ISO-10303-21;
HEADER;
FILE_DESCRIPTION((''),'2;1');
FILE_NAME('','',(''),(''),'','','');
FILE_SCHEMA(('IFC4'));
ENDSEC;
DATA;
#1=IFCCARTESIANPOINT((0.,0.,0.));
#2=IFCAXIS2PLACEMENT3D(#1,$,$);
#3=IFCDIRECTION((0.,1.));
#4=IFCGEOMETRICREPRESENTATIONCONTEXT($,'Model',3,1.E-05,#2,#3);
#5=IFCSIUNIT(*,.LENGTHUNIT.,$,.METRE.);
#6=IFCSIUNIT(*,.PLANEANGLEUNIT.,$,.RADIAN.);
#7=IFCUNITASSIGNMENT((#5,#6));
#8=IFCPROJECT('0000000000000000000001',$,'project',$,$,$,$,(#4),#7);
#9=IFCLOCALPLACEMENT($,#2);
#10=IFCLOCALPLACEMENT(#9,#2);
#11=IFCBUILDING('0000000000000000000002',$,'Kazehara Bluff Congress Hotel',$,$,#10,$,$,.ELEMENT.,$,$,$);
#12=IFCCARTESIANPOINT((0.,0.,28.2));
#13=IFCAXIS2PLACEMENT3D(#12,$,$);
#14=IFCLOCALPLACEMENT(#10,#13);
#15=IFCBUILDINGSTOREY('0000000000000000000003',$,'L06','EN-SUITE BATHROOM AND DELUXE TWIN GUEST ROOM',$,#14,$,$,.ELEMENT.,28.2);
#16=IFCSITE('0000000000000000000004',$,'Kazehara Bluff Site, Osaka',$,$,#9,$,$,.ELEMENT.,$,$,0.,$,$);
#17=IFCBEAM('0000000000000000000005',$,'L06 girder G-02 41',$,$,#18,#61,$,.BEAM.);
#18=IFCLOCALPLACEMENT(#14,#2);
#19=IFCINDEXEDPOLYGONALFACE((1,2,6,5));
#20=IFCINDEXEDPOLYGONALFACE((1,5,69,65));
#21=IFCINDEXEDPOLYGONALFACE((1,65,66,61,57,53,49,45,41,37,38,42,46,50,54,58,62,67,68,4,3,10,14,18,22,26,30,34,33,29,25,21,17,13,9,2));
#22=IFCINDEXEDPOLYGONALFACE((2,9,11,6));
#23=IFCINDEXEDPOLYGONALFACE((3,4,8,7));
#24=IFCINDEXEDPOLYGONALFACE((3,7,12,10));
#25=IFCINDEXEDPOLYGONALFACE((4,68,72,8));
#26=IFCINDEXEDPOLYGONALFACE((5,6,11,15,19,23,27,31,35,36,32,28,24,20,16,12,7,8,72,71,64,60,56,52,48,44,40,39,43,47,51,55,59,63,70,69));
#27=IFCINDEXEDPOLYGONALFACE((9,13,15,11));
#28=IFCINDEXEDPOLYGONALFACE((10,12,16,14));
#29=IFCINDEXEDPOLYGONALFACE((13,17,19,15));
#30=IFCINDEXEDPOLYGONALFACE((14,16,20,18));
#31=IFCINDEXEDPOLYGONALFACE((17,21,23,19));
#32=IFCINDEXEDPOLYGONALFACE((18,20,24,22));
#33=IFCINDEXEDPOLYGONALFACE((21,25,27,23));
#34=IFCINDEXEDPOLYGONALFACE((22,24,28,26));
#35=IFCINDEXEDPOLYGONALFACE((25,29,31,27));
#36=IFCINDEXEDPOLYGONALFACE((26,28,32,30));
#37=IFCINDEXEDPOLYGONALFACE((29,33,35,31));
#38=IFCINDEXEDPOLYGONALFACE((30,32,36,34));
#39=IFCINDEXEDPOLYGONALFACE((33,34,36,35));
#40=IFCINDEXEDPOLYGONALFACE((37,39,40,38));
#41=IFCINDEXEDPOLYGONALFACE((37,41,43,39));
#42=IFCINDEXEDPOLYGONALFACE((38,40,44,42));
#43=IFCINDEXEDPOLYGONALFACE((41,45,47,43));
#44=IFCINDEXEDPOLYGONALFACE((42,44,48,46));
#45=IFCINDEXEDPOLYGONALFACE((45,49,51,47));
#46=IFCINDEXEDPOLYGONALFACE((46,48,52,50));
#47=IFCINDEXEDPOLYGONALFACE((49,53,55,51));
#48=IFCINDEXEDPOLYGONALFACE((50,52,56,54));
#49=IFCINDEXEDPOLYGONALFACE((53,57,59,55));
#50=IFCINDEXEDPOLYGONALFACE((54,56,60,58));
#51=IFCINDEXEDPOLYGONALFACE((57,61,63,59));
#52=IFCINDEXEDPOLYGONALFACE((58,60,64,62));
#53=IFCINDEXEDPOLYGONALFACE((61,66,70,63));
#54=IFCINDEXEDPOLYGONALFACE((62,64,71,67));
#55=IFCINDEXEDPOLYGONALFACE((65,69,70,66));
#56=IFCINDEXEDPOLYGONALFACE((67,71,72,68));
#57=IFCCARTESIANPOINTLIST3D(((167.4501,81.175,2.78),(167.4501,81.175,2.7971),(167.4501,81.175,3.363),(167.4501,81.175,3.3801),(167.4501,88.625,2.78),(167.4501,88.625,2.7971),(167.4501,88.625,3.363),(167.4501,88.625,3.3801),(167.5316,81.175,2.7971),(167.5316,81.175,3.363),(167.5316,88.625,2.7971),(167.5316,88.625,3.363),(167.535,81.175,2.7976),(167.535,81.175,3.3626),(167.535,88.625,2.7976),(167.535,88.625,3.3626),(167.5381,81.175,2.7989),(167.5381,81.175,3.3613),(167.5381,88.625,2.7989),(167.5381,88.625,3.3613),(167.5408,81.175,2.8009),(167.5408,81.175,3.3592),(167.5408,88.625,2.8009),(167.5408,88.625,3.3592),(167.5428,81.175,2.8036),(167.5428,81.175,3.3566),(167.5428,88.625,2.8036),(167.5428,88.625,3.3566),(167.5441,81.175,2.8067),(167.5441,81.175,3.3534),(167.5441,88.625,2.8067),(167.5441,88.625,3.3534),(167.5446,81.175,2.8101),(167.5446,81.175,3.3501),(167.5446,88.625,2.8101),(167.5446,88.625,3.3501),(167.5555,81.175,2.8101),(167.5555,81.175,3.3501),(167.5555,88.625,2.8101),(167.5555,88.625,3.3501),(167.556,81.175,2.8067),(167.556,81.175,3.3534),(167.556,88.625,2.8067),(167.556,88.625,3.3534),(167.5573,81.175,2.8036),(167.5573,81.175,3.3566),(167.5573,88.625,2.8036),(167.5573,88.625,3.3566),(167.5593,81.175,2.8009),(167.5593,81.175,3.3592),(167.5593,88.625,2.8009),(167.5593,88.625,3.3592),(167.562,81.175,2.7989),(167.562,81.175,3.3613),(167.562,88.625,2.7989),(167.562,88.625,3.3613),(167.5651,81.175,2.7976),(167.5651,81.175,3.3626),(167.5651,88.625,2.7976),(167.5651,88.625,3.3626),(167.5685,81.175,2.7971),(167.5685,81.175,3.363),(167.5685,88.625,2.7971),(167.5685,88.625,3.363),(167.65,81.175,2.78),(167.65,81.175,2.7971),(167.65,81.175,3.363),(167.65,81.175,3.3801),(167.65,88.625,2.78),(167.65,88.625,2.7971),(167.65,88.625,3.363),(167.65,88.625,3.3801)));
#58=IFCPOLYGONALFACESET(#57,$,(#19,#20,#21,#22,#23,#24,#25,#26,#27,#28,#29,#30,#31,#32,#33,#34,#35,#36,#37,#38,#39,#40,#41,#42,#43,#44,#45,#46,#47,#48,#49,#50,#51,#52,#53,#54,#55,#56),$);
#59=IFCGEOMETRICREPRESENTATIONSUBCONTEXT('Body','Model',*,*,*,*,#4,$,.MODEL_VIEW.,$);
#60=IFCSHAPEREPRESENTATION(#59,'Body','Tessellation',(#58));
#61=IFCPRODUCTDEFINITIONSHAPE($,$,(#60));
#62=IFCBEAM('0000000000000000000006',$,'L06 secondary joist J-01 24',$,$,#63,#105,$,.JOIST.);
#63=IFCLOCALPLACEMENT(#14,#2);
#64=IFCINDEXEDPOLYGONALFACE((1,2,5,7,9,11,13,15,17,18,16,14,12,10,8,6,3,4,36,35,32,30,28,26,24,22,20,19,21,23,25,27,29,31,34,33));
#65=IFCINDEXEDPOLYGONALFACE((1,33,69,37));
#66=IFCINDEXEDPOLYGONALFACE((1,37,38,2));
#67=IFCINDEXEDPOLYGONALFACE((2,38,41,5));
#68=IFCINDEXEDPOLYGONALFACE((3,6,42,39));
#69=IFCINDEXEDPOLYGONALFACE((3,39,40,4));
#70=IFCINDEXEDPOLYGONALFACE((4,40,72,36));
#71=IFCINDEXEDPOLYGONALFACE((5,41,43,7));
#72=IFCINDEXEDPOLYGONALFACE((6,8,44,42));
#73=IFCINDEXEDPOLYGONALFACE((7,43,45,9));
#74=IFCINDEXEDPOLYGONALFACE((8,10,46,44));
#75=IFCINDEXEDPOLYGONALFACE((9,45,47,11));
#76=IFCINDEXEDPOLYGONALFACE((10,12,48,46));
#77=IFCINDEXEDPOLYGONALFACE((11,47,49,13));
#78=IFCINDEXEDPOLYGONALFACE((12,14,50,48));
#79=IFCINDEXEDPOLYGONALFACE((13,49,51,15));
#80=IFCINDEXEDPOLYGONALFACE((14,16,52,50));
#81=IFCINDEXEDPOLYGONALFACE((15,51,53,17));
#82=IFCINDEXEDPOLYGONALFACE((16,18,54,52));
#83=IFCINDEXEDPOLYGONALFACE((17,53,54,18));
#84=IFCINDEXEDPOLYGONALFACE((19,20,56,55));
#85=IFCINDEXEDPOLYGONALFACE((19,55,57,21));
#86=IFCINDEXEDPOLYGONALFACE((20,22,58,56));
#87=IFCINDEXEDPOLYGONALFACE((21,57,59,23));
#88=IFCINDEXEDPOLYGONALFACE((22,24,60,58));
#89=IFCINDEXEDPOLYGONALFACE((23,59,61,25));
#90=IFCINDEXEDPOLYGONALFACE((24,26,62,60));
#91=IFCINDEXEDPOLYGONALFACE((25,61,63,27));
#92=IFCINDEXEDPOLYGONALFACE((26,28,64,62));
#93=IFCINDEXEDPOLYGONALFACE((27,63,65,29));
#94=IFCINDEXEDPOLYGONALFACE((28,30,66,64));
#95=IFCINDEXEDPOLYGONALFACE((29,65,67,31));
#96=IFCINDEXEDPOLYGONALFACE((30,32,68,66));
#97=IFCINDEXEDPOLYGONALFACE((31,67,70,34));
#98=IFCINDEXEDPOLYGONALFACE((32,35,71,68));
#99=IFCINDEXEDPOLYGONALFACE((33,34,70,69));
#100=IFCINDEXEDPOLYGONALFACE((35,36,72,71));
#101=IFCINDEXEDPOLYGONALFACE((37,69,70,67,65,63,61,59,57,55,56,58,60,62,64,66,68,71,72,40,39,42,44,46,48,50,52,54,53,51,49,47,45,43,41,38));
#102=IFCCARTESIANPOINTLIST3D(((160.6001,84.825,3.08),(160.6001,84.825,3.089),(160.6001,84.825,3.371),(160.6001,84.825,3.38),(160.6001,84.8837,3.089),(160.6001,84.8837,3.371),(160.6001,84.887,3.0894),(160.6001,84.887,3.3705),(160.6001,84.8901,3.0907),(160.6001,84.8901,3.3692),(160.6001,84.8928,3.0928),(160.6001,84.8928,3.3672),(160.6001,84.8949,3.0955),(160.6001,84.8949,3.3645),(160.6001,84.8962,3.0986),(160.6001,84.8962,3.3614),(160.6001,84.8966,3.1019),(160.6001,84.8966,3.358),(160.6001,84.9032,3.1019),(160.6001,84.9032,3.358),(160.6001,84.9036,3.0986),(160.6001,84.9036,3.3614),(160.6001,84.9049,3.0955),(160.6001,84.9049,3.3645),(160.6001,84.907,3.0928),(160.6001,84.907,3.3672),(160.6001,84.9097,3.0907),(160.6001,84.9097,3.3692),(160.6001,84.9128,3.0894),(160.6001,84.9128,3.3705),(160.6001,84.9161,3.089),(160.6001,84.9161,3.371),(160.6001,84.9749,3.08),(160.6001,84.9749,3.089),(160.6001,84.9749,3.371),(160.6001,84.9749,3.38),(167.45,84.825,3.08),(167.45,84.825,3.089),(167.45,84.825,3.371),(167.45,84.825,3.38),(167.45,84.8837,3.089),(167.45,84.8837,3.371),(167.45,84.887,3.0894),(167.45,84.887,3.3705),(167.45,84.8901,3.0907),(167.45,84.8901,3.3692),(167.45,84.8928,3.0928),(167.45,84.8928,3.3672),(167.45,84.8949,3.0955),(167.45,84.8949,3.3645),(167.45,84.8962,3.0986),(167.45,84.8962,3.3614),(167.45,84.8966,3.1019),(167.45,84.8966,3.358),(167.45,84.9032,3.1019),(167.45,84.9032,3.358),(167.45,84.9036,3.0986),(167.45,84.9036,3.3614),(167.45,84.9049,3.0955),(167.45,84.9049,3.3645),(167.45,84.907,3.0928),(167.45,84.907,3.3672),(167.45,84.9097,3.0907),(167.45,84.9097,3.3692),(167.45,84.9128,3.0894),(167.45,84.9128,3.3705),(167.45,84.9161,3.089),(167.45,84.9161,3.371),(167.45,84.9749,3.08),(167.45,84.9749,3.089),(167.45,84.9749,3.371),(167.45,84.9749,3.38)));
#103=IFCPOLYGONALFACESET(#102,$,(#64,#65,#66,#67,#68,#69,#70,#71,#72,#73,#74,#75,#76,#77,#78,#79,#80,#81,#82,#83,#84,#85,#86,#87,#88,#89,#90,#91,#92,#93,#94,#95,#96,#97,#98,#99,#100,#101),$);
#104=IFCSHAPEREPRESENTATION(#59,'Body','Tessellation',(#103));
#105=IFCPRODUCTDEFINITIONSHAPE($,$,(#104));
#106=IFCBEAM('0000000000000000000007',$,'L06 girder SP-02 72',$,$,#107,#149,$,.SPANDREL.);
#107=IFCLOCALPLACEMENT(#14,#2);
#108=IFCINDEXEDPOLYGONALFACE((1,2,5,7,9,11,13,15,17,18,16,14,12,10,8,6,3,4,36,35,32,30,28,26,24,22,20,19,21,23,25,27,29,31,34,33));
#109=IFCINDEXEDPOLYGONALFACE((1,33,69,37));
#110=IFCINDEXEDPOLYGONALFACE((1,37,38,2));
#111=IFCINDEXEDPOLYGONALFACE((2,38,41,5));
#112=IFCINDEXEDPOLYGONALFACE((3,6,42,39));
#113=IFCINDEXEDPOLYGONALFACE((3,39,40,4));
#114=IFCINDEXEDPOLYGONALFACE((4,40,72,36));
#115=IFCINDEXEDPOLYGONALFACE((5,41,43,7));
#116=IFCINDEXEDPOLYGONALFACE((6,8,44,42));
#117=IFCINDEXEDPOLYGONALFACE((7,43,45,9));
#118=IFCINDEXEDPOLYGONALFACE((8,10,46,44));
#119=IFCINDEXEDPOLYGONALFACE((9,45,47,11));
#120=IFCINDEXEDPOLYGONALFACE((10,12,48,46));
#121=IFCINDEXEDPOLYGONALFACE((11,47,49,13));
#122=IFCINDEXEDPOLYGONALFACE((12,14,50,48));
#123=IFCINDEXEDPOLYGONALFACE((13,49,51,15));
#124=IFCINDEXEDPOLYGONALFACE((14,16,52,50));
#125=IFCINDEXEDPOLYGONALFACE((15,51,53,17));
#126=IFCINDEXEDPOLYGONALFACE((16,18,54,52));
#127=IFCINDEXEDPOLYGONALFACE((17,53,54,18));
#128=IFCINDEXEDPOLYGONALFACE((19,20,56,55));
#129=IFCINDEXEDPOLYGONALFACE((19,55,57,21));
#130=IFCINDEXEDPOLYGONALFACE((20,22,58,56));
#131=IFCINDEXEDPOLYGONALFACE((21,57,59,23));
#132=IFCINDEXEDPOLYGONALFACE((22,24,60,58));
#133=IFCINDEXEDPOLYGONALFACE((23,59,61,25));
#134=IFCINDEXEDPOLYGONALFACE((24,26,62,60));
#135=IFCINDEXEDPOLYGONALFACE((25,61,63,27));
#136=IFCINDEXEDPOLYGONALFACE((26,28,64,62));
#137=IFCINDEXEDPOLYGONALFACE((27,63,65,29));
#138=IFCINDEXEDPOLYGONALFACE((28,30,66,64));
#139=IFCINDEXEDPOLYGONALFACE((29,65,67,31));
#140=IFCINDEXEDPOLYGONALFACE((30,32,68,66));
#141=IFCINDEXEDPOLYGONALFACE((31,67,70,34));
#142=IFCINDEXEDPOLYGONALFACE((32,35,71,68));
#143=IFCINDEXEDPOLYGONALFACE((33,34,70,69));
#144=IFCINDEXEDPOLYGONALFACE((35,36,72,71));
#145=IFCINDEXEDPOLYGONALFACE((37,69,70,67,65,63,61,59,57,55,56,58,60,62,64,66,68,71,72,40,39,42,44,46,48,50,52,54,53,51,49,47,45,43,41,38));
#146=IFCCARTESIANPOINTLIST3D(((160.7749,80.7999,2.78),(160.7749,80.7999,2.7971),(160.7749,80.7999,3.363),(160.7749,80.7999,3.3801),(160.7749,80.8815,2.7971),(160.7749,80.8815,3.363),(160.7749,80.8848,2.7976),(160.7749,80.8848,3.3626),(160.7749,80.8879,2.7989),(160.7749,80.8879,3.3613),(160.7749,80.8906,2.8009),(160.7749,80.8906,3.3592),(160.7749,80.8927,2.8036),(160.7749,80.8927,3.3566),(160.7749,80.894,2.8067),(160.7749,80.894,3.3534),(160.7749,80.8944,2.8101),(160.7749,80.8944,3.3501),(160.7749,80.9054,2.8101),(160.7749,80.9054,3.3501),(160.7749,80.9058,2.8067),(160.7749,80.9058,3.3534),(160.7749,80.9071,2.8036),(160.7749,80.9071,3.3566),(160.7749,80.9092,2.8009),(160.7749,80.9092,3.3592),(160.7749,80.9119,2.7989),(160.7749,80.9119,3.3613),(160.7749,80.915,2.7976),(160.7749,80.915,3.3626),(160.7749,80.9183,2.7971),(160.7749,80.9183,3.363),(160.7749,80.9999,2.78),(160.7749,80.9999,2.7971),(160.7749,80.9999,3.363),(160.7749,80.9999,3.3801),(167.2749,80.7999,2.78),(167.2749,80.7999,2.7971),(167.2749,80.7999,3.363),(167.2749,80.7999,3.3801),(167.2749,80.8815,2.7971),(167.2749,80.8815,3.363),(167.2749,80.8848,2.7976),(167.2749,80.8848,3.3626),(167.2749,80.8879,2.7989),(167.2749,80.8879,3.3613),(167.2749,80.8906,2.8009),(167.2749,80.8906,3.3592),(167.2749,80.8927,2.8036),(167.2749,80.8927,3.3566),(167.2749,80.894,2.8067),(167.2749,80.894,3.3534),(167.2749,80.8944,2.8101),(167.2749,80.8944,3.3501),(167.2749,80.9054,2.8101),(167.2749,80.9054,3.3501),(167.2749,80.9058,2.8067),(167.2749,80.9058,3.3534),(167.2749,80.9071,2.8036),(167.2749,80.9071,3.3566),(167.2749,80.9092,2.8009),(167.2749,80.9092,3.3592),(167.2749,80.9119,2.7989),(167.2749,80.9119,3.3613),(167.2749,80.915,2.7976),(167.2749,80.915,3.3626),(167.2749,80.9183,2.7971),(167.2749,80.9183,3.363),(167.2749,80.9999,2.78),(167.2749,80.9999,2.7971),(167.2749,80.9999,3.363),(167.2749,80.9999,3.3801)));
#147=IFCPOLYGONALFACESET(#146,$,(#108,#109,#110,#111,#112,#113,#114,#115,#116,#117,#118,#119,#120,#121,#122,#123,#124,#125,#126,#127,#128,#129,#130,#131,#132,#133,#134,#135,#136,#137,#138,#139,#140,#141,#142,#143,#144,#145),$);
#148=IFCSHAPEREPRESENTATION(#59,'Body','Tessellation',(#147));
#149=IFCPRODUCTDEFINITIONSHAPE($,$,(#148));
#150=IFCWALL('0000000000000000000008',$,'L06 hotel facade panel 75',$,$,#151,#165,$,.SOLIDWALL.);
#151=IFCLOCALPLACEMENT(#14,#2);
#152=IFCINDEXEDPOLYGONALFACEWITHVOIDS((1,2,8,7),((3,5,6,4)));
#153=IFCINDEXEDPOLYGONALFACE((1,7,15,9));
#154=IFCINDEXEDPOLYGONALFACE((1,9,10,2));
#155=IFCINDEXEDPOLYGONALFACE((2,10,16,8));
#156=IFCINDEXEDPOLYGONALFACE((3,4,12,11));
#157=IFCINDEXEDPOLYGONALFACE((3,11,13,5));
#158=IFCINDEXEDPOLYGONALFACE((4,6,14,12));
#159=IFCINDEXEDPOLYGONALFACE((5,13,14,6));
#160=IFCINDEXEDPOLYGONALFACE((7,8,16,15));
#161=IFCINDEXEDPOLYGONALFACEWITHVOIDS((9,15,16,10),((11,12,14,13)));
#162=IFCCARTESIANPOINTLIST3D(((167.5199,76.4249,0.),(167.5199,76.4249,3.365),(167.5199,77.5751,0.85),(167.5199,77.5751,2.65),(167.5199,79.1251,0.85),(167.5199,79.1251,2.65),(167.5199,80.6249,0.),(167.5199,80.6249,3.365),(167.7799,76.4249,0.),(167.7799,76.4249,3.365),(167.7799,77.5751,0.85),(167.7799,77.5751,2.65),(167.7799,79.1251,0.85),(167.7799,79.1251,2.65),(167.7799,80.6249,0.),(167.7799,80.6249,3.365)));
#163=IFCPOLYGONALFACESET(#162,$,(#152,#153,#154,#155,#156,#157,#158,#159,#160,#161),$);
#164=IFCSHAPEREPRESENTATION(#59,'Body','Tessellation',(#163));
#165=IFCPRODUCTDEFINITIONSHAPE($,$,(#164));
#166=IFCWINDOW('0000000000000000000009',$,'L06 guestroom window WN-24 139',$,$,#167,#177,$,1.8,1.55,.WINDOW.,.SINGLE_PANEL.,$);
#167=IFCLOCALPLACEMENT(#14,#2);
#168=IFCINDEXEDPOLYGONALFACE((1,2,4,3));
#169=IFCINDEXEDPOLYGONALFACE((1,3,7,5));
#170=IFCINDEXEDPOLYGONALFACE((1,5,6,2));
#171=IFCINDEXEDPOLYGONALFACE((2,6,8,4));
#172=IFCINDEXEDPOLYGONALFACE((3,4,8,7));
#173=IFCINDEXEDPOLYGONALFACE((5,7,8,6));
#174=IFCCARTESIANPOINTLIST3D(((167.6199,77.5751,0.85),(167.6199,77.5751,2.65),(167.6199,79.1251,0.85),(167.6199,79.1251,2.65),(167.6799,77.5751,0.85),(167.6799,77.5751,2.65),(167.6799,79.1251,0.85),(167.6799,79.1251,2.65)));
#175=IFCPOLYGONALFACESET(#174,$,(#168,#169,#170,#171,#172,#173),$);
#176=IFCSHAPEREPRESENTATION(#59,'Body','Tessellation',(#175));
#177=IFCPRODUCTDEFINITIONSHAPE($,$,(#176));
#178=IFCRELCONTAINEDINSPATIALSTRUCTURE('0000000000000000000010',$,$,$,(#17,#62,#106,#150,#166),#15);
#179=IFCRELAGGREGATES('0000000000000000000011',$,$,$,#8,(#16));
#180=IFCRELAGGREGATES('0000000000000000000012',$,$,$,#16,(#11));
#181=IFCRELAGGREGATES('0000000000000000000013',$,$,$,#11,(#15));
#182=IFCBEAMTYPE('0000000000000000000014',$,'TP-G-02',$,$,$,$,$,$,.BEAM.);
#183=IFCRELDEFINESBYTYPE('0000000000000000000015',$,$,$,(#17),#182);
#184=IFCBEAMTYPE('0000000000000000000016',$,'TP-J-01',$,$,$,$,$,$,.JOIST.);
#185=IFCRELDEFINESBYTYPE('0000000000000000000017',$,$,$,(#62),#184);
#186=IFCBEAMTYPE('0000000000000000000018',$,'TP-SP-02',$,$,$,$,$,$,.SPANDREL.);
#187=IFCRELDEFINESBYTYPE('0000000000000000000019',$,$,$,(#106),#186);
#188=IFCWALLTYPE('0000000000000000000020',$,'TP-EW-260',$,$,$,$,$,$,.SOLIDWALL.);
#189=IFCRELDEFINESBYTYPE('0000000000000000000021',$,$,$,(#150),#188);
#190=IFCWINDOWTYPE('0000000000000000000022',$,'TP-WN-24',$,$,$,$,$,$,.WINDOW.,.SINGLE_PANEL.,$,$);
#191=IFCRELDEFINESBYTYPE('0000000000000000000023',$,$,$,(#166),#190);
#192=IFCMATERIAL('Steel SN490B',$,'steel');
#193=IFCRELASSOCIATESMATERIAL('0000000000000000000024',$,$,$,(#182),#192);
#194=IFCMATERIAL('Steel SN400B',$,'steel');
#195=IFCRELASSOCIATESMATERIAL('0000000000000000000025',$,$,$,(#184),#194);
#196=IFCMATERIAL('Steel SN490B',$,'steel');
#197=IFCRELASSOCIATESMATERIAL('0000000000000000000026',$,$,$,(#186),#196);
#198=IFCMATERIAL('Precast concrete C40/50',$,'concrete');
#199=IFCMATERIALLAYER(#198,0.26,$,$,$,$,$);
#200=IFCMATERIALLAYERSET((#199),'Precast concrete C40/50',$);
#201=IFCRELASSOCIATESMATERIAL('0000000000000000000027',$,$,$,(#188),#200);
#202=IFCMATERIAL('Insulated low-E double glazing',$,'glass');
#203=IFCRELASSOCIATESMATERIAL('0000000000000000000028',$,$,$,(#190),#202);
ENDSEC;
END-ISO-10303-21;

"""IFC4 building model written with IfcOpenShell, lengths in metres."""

from ifc_helpers import new_model, si_unit, direction, frame, frame_2d, origin, origin_2d, place, context, subcontext, project, spatial, rectangle, i_section, extrude, material, layer, layer_set, material_profile, profile_set, type_object, element, fill, save


model = new_model("IFC4")

# Units and contexts
model_context = context("Model", 3, precision=1e-05, world=origin(), true_north=direction((0.0, 1.0)))
body_context = subcontext(model_context, "Body", "Model", "MODEL_VIEW")
ifc_project = project(units=[si_unit("LENGTHUNIT", "METRE"), si_unit("PLANEANGLEUNIT", "RADIAN")], contexts=[model_context])

# Site, building, storey
site_placement = place(None, origin())
site = spatial("IfcSite", under=ifc_project, at=site_placement, Name="Kazehara Bluff Site, Osaka", CompositionType="ELEMENT", RefElevation=0.0)
building_placement = place(site_placement, origin())
building = spatial("IfcBuilding", under=site, at=building_placement, Name="Kazehara Bluff Congress Hotel", CompositionType="ELEMENT")
storey_placement = place(building_placement, frame((0.0, 0.0, 28.2)))
storey = spatial("IfcBuildingStorey", under=building, at=storey_placement, Name="L06", Description="EN-SUITE BATHROOM AND DELUXE TWIN GUEST ROOM", CompositionType="ELEMENT", Elevation=28.2)

# Beams
ifc_material_1 = material(Name="Steel SN490B", Category="steel")
ifc_material_profile_1 = material_profile(ifc_material_1, i_section(OverallWidth=0.2, OverallDepth=0.6001, WebThickness=0.011, FlangeThickness=0.0171, FilletRadius=0.0129, at=origin_2d()))
ifc_profile_set_1 = profile_set([ifc_material_profile_1], Name="Steel SN490B")
beam_type_1 = type_object("IfcBeamType", Name="TP-G-02", PredefinedType="BEAM", material=ifc_profile_set_1)
for number, where, z_axis, x_axis, name in (
    (1, (167.55, 81.175, 3.0801), (0.0, 1.0, 0.0), (-1.0, 0.0, 0.0), "L06 girder G-02 41"),
):
    element("IfcBeam", number, at=place(storey_placement, frame(where, z_axis=z_axis, x_axis=x_axis)), inside=storey, type_object=beam_type_1, Name=name, PredefinedType="BEAM", context=body_context, shape_type="SweptSolid", body=[
        extrude(i_section(OverallWidth=0.2, OverallDepth=0.6001, WebThickness=0.011, FlangeThickness=0.0171, FilletRadius=0.0129, at=origin_2d()), origin(), (0.0, 0.0, 1.0), 7.45),
    ])
ifc_material_2 = material(Name="Steel SN400B", Category="steel")
ifc_material_profile_2 = material_profile(ifc_material_2, i_section(OverallWidth=0.1499, OverallDepth=0.3, WebThickness=0.0066, FlangeThickness=0.009, FilletRadius=0.0129, at=origin_2d()))
ifc_profile_set_2 = profile_set([ifc_material_profile_2], Name="Steel SN400B")
beam_type_2 = type_object("IfcBeamType", Name="TP-J-01", PredefinedType="JOIST", material=ifc_profile_set_2)
beam_1_placement = place(storey_placement, frame((160.6001, 84.8999, 3.23), z_axis=(1.0, 0.0, 0.0), x_axis=(0.0, 1.0, 0.0)))
element("IfcBeam", 2, at=beam_1_placement, inside=storey, type_object=beam_type_2, Name="L06 secondary joist J-01 24", PredefinedType="JOIST", context=body_context, shape_type="SweptSolid", body=[
    extrude(i_section(OverallWidth=0.1499, OverallDepth=0.3, WebThickness=0.0066, FlangeThickness=0.009, FilletRadius=0.0129, at=origin_2d()), origin(), (0.0, 0.0, 1.0), 6.8499),
])
ifc_material_3 = material(Name="Steel SN490B", Category="steel")
ifc_material_profile_3 = material_profile(ifc_material_3, i_section(OverallWidth=0.2, OverallDepth=0.6001, WebThickness=0.011, FlangeThickness=0.0171, FilletRadius=0.0129, at=origin_2d()))
ifc_profile_set_3 = profile_set([ifc_material_profile_3], Name="Steel SN490B")
beam_type_3 = type_object("IfcBeamType", Name="TP-SP-02", PredefinedType="SPANDREL", material=ifc_profile_set_3)
beam_2_placement = place(storey_placement, frame((160.7749, 80.8999, 3.0801), z_axis=(1.0, 0.0, 0.0), x_axis=(0.0, 1.0, 0.0)))
element("IfcBeam", 3, at=beam_2_placement, inside=storey, type_object=beam_type_3, Name="L06 girder SP-02 72", PredefinedType="SPANDREL", context=body_context, shape_type="SweptSolid", body=[
    extrude(i_section(OverallWidth=0.2, OverallDepth=0.6001, WebThickness=0.011, FlangeThickness=0.0171, FilletRadius=0.0129, at=origin_2d()), origin(), (0.0, 0.0, 1.0), 6.5),
])

# Wall, opening, window
ifc_material_4 = material(Name="Precast concrete C40/50", Category="concrete")
ifc_layer_1 = layer(ifc_material_4, 0.26)
ifc_layer_set_1 = layer_set([ifc_layer_1], Name="Precast concrete C40/50")
wall_type_1 = type_object("IfcWallType", Name="TP-EW-260", PredefinedType="SOLIDWALL", material=ifc_layer_set_1)
wall_1_placement = place(storey_placement, frame((167.6499, 80.625, 0.0), z_axis=(0.0, 0.0, 1.0), x_axis=(0.0, -1.0, 0.0)))
wall_1 = element("IfcWall", 4, at=wall_1_placement, inside=storey, type_object=wall_type_1, Name="L06 hotel facade panel 75", PredefinedType="SOLIDWALL", context=body_context, shape_type="SweptSolid", body=[
    extrude(rectangle(XDim=4.2, YDim=0.26, at=frame_2d((2.1001, 0.0))), origin(), (0.0, 0.0, 1.0), 3.365),
])
opening_1_placement = place(wall_1_placement, frame((1.5, 0.0, 0.8501)))
opening_1 = element("IfcOpeningElement", 5, at=opening_1_placement, cuts=wall_1, PredefinedType="OPENING", context=body_context, shape_type="SweptSolid", body=[
    extrude(rectangle(XDim=1.55, YDim=1.8, at=frame_2d((0.7749, 0.8999))), frame((0.0, 0.1399, 0.0), z_axis=(0.0, -1.0, 0.0), x_axis=(1.0, 0.0, 0.0)), (0.0, 0.0, 1.0), 0.28),
])
ifc_material_5 = material(Name="Insulated low-E double glazing", Category="glass")
window_type_1 = type_object("IfcWindowType", Name="TP-WN-24", PartitioningType="SINGLE_PANEL", PredefinedType="WINDOW", material=ifc_material_5)
window_1_placement = place(opening_1_placement, origin())
window_1 = element("IfcWindow", 6, at=window_1_placement, inside=storey, type_object=window_type_1, Name="L06 guestroom window WN-24 139", OverallHeight=1.8, OverallWidth=1.55, PartitioningType="SINGLE_PANEL", PredefinedType="WINDOW", context=body_context, shape_type="SweptSolid", body=[
    extrude(rectangle(XDim=1.55, YDim=1.8, at=frame_2d((0.7749, 0.8999))), frame((0.0, 0.03, 0.0), z_axis=(0.0, -1.0, 0.0), x_axis=(1.0, 0.0, 0.0)), (0.0, 0.0, 1.0), 0.0601),
])
fill(opening_1, window_1)

save(model, "model.ifc")
